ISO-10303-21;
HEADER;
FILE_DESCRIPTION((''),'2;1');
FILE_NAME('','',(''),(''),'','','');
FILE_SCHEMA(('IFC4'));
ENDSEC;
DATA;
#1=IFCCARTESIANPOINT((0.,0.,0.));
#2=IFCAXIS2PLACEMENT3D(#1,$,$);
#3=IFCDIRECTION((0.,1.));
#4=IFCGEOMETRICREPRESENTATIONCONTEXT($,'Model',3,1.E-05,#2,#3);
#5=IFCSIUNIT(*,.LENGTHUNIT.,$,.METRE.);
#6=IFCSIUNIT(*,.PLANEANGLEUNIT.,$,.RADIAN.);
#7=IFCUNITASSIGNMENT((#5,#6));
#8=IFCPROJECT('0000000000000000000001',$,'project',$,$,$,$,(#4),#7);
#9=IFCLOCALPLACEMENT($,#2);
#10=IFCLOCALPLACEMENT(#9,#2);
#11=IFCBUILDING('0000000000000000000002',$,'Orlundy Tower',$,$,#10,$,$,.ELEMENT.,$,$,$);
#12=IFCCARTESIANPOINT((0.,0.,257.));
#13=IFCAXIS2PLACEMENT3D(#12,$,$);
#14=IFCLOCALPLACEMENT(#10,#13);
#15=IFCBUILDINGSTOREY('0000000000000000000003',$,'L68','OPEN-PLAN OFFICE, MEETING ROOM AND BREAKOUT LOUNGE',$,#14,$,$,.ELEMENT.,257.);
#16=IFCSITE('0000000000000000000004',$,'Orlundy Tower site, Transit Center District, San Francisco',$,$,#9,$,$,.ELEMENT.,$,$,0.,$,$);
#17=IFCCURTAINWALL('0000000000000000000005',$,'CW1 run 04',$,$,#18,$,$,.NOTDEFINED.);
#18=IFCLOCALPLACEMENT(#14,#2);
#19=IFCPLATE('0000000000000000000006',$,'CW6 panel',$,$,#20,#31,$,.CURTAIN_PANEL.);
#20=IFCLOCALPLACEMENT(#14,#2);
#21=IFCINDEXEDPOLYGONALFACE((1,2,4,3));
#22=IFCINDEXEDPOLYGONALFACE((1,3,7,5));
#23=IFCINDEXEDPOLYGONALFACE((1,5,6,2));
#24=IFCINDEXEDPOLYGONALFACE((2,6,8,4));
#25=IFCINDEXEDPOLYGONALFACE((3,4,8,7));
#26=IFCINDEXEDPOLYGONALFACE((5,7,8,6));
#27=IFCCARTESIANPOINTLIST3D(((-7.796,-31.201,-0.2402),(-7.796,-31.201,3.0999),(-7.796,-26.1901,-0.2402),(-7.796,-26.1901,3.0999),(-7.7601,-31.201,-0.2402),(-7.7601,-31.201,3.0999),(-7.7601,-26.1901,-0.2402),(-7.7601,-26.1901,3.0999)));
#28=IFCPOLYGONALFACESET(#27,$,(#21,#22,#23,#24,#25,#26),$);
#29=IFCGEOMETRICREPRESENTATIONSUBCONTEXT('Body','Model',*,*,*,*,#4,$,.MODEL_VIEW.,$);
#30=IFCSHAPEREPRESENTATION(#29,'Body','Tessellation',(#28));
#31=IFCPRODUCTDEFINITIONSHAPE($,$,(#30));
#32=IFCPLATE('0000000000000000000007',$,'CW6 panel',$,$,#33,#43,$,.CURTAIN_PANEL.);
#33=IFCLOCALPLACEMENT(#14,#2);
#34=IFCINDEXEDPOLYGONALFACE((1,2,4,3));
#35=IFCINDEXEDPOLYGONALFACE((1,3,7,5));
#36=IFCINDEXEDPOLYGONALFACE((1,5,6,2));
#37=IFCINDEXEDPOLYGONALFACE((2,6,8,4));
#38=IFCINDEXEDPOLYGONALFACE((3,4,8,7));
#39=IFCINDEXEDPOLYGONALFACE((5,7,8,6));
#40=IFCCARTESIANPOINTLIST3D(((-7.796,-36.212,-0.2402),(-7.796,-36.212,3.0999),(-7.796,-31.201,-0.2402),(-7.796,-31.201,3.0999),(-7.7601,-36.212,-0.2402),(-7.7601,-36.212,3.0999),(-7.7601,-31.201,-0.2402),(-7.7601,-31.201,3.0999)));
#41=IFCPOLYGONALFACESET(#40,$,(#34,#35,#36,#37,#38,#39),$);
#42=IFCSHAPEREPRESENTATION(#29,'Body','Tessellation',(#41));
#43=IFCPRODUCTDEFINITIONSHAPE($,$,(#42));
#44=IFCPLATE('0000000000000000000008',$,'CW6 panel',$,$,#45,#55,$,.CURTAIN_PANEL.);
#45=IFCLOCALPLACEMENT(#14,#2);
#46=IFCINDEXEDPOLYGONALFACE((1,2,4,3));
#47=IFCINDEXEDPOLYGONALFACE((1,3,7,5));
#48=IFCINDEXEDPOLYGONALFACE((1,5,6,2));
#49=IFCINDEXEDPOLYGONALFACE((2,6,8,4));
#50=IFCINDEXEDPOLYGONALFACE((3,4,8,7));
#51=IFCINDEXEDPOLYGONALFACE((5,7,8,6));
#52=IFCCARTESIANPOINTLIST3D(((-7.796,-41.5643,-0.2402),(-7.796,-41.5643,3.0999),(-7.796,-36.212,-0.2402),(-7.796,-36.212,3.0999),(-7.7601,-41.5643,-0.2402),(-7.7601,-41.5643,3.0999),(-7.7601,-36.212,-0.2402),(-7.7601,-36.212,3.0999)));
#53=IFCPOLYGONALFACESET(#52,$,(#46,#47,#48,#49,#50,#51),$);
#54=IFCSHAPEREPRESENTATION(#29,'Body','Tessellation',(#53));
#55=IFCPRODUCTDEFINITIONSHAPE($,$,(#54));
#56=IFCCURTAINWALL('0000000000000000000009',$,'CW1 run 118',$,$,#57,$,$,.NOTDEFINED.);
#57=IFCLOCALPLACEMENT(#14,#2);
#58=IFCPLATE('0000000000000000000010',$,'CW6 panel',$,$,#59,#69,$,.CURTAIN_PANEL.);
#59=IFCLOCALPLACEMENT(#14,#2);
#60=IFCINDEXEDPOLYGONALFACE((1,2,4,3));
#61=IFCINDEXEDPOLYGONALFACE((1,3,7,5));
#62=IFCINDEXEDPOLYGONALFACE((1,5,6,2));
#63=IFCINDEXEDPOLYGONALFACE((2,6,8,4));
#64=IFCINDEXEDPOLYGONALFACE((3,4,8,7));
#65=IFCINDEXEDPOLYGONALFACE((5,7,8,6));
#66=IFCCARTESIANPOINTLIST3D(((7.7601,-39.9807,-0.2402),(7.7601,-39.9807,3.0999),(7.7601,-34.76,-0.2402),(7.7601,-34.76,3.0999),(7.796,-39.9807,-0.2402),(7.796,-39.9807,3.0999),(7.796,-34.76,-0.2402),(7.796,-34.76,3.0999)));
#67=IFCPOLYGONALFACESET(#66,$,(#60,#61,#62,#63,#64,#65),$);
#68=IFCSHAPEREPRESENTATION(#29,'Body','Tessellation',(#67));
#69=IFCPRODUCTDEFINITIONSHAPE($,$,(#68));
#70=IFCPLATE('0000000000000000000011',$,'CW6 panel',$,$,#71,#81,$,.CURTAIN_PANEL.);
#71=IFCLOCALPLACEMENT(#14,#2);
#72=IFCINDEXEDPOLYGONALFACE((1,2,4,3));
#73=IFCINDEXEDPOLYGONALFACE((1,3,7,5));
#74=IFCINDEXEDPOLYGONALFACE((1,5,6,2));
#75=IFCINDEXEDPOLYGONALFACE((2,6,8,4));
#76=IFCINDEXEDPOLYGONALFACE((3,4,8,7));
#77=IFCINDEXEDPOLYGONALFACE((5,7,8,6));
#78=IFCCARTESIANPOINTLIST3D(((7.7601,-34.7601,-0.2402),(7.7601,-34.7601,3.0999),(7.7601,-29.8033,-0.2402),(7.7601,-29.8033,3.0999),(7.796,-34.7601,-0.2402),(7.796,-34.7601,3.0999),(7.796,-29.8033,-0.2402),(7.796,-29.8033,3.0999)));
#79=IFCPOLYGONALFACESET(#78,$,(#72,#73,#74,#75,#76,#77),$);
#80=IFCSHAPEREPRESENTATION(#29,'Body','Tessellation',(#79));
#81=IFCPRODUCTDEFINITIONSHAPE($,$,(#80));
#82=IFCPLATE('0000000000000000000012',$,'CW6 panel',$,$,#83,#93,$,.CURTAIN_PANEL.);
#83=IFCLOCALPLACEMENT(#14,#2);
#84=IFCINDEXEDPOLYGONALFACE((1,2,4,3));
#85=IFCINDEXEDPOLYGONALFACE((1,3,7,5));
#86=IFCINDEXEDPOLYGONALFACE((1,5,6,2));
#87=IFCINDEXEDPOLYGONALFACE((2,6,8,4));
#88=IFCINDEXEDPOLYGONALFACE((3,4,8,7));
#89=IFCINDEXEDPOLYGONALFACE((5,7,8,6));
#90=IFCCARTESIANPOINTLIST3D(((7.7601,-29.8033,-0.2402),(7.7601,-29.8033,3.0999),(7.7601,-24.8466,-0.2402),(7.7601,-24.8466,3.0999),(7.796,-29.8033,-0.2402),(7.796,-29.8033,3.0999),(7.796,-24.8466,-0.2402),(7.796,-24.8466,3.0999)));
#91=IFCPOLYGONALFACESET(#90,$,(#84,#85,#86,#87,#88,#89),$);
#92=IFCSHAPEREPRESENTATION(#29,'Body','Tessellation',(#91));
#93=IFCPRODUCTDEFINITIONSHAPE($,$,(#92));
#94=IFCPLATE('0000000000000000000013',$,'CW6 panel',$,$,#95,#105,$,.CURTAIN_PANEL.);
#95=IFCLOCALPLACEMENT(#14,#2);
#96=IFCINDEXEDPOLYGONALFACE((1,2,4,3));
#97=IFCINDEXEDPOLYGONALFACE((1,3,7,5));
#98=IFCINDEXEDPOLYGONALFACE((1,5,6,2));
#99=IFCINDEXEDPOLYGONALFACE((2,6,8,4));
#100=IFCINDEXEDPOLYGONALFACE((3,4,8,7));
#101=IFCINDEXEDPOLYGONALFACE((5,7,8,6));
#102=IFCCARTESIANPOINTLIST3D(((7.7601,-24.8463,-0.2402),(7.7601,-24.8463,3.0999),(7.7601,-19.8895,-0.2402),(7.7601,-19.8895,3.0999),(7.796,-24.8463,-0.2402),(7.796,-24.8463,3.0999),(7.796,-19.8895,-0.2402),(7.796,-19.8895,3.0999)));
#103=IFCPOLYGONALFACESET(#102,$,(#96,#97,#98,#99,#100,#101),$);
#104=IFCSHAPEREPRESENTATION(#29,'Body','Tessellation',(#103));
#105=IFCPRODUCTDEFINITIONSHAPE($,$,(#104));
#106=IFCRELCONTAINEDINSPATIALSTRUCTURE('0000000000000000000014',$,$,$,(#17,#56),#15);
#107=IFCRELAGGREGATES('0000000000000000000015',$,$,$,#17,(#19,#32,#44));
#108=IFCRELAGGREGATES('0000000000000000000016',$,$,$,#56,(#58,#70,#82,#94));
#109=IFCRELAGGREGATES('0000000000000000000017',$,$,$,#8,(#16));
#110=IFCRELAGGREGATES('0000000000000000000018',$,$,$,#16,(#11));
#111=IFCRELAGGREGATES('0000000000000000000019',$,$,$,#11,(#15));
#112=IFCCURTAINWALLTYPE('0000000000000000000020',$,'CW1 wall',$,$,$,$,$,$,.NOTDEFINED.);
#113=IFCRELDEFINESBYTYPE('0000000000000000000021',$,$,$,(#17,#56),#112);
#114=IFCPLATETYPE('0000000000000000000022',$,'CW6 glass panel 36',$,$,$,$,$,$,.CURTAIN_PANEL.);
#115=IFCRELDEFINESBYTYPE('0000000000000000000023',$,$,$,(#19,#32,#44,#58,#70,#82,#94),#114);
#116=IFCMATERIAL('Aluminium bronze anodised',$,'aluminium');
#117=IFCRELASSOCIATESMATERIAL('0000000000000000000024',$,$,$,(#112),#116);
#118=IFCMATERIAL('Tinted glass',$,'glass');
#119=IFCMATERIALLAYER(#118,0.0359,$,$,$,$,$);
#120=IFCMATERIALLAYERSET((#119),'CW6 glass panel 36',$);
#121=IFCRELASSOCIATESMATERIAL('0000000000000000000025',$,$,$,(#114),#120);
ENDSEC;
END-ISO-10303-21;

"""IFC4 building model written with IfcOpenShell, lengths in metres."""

from ifc_helpers import new_model, si_unit, direction, frame, origin, origin_2d, place, context, subcontext, project, spatial, rectangle, extrude, material, layer, layer_set, type_object, element, aggregate, save


model = new_model("IFC4")

# Units and contexts
model_context = context("Model", 3, precision=1e-05, world=origin(), true_north=direction((0.0, 1.0)))
body_context = subcontext(model_context, "Body", "Model", "MODEL_VIEW")
ifc_project = project(units=[si_unit("LENGTHUNIT", "METRE"), si_unit("PLANEANGLEUNIT", "RADIAN")], contexts=[model_context])

# Site, building, storey
site_placement = place(None, origin())
site = spatial("IfcSite", under=ifc_project, at=site_placement, Name="Orlundy Tower site, Transit Center District, San Francisco", CompositionType="ELEMENT", RefElevation=0.0)
building_placement = place(site_placement, origin())
building = spatial("IfcBuilding", under=site, at=building_placement, Name="Orlundy Tower", CompositionType="ELEMENT")
storey_placement = place(building_placement, frame((0.0, 0.0, 257.0)))
storey = spatial("IfcBuildingStorey", under=building, at=storey_placement, Name="L68", Description="OPEN-PLAN OFFICE, MEETING ROOM AND BREAKOUT LOUNGE", CompositionType="ELEMENT", Elevation=257.0)

# Shared definitions
ifc_material_1 = material(Name="Aluminium bronze anodised", Category="aluminium")
curtain_wall_type = type_object("IfcCurtainWallType", Name="CW1 wall", PredefinedType="NOTDEFINED", material=ifc_material_1)

# Curtain wall
curtain_wall_1_placement = place(storey_placement, origin())
curtain_wall_1 = element("IfcCurtainWall", 1, at=curtain_wall_1_placement, inside=storey, type_object=curtain_wall_type, Name="CW1 run 04", PredefinedType="NOTDEFINED")

# Plates
ifc_material_2 = material(Name="Tinted glass", Category="glass")
ifc_layer_1 = layer(ifc_material_2, 0.0359)
ifc_layer_set_1 = layer_set([ifc_layer_1], Name="CW6 glass panel 36")
plate_type_1 = type_object("IfcPlateType", Name="CW6 glass panel 36", PredefinedType="CURTAIN_PANEL", material=ifc_layer_set_1)
plate_1_placement = place(storey_placement, frame((-7.7781, -28.6956, -0.2402), z_axis=(0.0, 0.0, 1.0), x_axis=(0.0, -1.0, 0.0)))
plate_1 = element("IfcPlate", 2, at=plate_1_placement, type_object=plate_type_1, Name="CW6 panel", PredefinedType="CURTAIN_PANEL", context=body_context, shape_type="SweptSolid", body=[
    extrude(rectangle(XDim=5.011, YDim=0.0359, at=origin_2d()), origin(), (0.0, 0.0, 1.0), 3.3401),
])
plate_2_placement = place(storey_placement, frame((-7.7781, -33.7065, -0.2402), z_axis=(0.0, 0.0, 1.0), x_axis=(0.0, -1.0, 0.0)))
plate_2 = element("IfcPlate", 3, at=plate_2_placement, type_object=plate_type_1, Name="CW6 panel", PredefinedType="CURTAIN_PANEL", context=body_context, shape_type="SweptSolid", body=[
    extrude(rectangle(XDim=5.011, YDim=0.0359, at=origin_2d()), origin(), (0.0, 0.0, 1.0), 3.3401),
])
plate_3_placement = place(storey_placement, frame((-7.7781, -38.8882, -0.2402), z_axis=(0.0, 0.0, 1.0), x_axis=(0.0, -1.0, 0.0)))
plate_3 = element("IfcPlate", 4, at=plate_3_placement, type_object=plate_type_1, Name="CW6 panel", PredefinedType="CURTAIN_PANEL", context=body_context, shape_type="SweptSolid", body=[
    extrude(rectangle(XDim=5.3523, YDim=0.0359, at=origin_2d()), origin(), (0.0, 0.0, 1.0), 3.3401),
])
aggregate(curtain_wall_1, [plate_1, plate_2, plate_3])

# Curtain wall, plates
curtain_wall_2_placement = place(storey_placement, origin())
curtain_wall_2 = element("IfcCurtainWall", 5, at=curtain_wall_2_placement, inside=storey, type_object=curtain_wall_type, Name="CW1 run 118", PredefinedType="NOTDEFINED")
plate_4_placement = place(storey_placement, frame((7.7781, -37.3704, -0.2402), z_axis=(0.0, 0.0, 1.0), x_axis=(0.0, 1.0, 0.0)))
plate_4 = element("IfcPlate", 6, at=plate_4_placement, type_object=plate_type_1, Name="CW6 panel", PredefinedType="CURTAIN_PANEL", context=body_context, shape_type="SweptSolid", body=[
    extrude(rectangle(XDim=5.2207, YDim=0.0359, at=origin_2d()), origin(), (0.0, 0.0, 1.0), 3.3401),
])
plate_5_placement = place(storey_placement, frame((7.7781, -32.2817, -0.2402), z_axis=(0.0, 0.0, 1.0), x_axis=(0.0, 1.0, 0.0)))
plate_5 = element("IfcPlate", 7, at=plate_5_placement, type_object=plate_type_1, Name="CW6 panel", PredefinedType="CURTAIN_PANEL", context=body_context, shape_type="SweptSolid", body=[
    extrude(rectangle(XDim=4.9568, YDim=0.0359, at=origin_2d()), origin(), (0.0, 0.0, 1.0), 3.3401),
])
plate_6_placement = place(storey_placement, frame((7.7781, -27.325, -0.2402), z_axis=(0.0, 0.0, 1.0), x_axis=(0.0, 1.0, 0.0)))
plate_6 = element("IfcPlate", 8, at=plate_6_placement, type_object=plate_type_1, Name="CW6 panel", PredefinedType="CURTAIN_PANEL", context=body_context, shape_type="SweptSolid", body=[
    extrude(rectangle(XDim=4.9568, YDim=0.0359, at=origin_2d()), origin(), (0.0, 0.0, 1.0), 3.3401),
])
plate_7_placement = place(storey_placement, frame((7.7781, -22.3679, -0.2402), z_axis=(0.0, 0.0, 1.0), x_axis=(0.0, 1.0, 0.0)))
plate_7 = element("IfcPlate", 9, at=plate_7_placement, type_object=plate_type_1, Name="CW6 panel", PredefinedType="CURTAIN_PANEL", context=body_context, shape_type="SweptSolid", body=[
    extrude(rectangle(XDim=4.9568, YDim=0.0359, at=origin_2d()), origin(), (0.0, 0.0, 1.0), 3.3401),
])
aggregate(curtain_wall_2, [plate_4, plate_5, plate_6, plate_7])

save(model, "model.ifc")
